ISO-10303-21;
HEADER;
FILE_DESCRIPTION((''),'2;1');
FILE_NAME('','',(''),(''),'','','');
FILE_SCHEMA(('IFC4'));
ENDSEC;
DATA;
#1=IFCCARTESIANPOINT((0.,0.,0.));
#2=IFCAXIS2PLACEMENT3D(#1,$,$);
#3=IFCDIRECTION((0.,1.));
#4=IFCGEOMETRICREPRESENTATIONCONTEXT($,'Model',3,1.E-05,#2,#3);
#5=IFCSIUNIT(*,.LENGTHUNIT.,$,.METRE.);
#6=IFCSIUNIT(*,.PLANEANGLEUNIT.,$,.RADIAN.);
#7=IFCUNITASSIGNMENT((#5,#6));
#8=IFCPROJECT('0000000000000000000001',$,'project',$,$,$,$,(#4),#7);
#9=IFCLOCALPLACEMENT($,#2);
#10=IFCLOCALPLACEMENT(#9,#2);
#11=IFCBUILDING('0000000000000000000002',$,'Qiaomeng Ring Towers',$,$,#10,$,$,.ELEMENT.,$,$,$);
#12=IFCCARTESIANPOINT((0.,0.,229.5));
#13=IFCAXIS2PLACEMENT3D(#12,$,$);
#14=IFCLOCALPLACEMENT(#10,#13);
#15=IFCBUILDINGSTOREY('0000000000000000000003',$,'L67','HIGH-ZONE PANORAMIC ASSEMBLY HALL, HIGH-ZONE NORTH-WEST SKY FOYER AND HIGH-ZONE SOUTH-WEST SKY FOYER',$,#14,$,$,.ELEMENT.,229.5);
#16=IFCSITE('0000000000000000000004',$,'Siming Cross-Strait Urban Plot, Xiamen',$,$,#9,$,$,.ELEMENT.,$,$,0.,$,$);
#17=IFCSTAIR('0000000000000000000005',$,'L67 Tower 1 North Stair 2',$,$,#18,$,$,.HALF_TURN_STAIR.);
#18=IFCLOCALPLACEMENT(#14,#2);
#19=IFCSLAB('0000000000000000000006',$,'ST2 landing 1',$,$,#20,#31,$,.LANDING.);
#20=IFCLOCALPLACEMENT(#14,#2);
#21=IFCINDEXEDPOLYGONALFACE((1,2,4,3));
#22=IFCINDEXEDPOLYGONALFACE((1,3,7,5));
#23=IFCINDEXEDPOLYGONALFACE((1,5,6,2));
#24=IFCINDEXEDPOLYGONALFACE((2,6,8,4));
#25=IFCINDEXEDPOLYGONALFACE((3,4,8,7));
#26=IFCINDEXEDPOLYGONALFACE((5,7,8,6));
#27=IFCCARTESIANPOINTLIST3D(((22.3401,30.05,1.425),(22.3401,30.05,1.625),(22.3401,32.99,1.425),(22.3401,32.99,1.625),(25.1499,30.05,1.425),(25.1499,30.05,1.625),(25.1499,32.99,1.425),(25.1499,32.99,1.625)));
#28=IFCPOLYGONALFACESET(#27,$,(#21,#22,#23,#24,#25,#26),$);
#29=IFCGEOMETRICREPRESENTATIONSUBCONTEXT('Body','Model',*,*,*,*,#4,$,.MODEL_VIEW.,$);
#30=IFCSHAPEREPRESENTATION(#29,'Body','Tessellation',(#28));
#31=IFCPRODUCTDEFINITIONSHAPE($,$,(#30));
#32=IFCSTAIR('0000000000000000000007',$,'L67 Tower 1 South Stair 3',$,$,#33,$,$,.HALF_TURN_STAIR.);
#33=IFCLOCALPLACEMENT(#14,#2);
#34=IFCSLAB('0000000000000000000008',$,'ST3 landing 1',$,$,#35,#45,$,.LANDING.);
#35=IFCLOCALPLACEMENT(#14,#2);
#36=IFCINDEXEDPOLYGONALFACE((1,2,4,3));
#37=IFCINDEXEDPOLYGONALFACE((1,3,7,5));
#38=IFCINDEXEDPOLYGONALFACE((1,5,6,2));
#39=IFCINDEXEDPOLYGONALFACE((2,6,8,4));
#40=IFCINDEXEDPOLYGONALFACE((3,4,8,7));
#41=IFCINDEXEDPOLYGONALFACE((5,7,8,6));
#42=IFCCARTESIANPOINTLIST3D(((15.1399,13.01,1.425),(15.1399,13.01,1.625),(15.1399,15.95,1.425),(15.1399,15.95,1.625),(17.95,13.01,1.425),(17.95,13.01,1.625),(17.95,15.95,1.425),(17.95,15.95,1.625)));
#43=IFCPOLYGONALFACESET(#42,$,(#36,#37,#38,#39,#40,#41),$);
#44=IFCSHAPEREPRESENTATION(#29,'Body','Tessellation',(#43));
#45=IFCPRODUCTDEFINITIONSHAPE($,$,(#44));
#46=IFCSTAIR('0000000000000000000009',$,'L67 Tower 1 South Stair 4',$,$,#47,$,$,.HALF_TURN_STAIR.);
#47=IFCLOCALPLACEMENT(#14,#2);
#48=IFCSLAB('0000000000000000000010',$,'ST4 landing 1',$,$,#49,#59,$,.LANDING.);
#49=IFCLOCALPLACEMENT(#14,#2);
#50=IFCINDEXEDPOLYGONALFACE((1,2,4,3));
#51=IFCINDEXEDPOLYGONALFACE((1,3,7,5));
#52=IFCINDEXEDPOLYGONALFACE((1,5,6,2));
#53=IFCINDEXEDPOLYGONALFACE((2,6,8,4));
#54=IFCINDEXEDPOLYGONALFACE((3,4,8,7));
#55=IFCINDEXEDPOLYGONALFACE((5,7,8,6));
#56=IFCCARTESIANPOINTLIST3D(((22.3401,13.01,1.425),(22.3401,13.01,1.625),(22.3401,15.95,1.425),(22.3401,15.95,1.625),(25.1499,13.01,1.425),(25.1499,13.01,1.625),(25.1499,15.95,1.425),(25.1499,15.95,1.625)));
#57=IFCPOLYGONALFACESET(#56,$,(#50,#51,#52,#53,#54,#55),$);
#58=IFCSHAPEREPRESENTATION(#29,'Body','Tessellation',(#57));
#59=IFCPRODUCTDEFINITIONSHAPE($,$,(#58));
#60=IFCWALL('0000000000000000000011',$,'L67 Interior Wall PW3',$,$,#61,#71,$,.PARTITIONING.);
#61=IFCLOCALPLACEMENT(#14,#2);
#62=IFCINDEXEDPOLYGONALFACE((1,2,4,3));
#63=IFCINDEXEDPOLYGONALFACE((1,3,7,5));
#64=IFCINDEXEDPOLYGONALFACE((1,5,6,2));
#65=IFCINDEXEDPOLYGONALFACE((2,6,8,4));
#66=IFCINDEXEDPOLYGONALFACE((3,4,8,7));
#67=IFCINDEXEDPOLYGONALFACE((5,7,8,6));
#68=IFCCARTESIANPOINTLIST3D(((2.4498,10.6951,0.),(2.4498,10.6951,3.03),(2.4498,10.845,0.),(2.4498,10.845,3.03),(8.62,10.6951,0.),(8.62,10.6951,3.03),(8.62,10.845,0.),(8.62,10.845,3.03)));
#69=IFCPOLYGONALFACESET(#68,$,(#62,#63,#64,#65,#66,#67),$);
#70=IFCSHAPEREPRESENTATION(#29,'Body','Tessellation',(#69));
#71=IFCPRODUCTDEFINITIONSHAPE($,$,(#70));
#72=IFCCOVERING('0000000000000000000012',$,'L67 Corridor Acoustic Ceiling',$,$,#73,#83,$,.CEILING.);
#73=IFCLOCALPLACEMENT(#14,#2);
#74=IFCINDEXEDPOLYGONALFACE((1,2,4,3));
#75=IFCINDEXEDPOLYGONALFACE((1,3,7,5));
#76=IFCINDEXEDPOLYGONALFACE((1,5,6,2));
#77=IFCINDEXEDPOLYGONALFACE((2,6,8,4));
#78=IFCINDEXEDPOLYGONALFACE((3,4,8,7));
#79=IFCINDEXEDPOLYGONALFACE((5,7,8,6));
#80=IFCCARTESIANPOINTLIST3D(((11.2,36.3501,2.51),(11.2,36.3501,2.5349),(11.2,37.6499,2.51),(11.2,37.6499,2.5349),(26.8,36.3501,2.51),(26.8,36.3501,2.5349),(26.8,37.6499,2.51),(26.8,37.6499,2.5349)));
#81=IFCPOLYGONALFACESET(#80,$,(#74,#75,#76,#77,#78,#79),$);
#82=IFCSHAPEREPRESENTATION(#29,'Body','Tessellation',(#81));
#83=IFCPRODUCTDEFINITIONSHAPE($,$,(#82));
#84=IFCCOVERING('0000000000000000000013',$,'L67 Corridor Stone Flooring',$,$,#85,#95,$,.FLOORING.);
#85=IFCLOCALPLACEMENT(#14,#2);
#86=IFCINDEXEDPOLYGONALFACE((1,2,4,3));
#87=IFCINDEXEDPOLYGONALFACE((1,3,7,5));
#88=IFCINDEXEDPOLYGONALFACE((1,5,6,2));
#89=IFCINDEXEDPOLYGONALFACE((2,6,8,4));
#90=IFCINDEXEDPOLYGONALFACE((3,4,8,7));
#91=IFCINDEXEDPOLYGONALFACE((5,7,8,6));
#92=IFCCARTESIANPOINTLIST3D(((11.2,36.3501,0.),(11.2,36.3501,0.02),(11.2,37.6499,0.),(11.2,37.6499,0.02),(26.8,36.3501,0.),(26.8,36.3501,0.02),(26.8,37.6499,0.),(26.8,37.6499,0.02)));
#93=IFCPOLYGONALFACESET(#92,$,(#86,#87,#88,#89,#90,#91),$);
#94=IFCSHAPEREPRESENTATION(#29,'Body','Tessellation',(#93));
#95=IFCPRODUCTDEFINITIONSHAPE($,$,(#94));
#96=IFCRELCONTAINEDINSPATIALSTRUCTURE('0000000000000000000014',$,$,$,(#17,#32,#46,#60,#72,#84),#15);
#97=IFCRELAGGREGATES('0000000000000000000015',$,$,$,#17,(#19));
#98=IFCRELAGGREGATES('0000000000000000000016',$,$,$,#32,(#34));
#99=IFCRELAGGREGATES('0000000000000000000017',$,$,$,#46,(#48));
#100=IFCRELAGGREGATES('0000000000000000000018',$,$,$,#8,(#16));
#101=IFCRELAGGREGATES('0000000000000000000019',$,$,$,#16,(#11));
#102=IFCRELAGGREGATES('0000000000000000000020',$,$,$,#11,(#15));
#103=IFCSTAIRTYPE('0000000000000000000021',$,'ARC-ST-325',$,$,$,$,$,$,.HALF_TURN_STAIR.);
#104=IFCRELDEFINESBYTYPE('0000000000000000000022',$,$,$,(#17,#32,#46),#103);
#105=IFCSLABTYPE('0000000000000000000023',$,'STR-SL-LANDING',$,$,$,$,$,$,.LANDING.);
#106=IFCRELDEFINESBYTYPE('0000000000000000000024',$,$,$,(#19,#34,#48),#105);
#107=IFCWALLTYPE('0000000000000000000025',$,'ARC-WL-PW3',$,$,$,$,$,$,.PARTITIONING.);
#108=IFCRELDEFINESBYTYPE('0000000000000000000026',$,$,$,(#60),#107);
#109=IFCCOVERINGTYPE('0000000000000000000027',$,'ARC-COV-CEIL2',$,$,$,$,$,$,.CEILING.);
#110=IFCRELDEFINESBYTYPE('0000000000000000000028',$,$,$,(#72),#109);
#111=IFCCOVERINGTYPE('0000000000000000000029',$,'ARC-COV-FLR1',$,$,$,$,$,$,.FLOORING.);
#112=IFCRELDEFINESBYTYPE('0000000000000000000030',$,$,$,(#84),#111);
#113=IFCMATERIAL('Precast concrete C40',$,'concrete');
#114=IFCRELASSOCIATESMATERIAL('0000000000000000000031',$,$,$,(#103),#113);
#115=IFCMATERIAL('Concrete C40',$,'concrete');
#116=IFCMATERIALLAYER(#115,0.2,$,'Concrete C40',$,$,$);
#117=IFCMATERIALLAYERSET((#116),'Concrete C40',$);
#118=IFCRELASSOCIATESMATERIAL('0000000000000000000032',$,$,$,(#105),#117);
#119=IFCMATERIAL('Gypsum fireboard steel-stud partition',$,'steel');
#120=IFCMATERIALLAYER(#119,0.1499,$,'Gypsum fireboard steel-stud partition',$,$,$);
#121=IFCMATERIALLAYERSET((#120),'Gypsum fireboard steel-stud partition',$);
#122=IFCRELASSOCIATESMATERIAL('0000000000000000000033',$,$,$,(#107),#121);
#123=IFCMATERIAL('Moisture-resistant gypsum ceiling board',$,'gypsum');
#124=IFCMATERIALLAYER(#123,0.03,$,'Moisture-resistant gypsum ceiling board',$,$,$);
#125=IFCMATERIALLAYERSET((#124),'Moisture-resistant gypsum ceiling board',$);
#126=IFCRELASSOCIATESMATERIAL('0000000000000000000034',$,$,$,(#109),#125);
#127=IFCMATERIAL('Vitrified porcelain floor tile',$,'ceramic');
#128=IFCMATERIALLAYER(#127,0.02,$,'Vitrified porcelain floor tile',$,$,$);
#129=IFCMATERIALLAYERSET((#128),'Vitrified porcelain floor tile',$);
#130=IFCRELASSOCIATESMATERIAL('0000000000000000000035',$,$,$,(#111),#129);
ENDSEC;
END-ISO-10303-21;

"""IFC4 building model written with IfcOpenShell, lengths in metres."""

from ifc_helpers import new_model, si_unit, direction, frame, frame_2d, origin, place, context, subcontext, project, spatial, polyline, rectangle, outline, extrude, material, layer, layer_set, type_object, element, aggregate, save


model = new_model("IFC4")

# Units and contexts
model_context = context("Model", 3, precision=1e-05, world=origin(), true_north=direction((0.0, 1.0)))
body_context = subcontext(model_context, "Body", "Model", "MODEL_VIEW")
ifc_project = project(units=[si_unit("LENGTHUNIT", "METRE"), si_unit("PLANEANGLEUNIT", "RADIAN")], contexts=[model_context])

# Site, building, storey
site_placement = place(None, origin())
site = spatial("IfcSite", under=ifc_project, at=site_placement, Name="Siming Cross-Strait Urban Plot, Xiamen", CompositionType="ELEMENT", RefElevation=0.0)
building_placement = place(site_placement, origin())
building = spatial("IfcBuilding", under=site, at=building_placement, Name="Qiaomeng Ring Towers", CompositionType="ELEMENT")
storey_placement = place(building_placement, frame((0.0, 0.0, 229.5)))
storey = spatial("IfcBuildingStorey", under=building, at=storey_placement, Name="L67", Description="HIGH-ZONE PANORAMIC ASSEMBLY HALL, HIGH-ZONE NORTH-WEST SKY FOYER AND HIGH-ZONE SOUTH-WEST SKY FOYER", CompositionType="ELEMENT", Elevation=229.5)

# Shared definitions
ifc_material_1 = material(Name="Concrete C40", Category="concrete")

# Stairs, slabs
ifc_material_2 = material(Name="Precast concrete C40", Category="concrete")
stair_type = type_object("IfcStairType", Name="ARC-ST-325", PredefinedType="HALF_TURN_STAIR", material=ifc_material_2)
ifc_layer_1 = layer(ifc_material_1, 0.2, Name="Concrete C40")
ifc_layer_set_1 = layer_set([ifc_layer_1], Name="Concrete C40")
slab_type_1 = type_object("IfcSlabType", Name="STR-SL-LANDING", PredefinedType="LANDING", material=ifc_layer_set_1)
stair_1_placement = place(storey_placement, origin())
stair_1 = element("IfcStair", 1, at=stair_1_placement, inside=storey, type_object=stair_type, Name="L67 Tower 1 North Stair 2", PredefinedType="HALF_TURN_STAIR")
slab_1_placement = place(storey_placement, frame((0.0, 0.0, 1.425)))
slab_1 = element("IfcSlab", 2, at=slab_1_placement, type_object=slab_type_1, Name="ST2 landing 1", PredefinedType="LANDING", context=body_context, shape_type="SweptSolid", body=[
    extrude(outline(polyline([(22.3401, 30.05), (25.1499, 30.05), (25.1499, 32.99), (22.3401, 32.99), (22.3401, 30.05)])), origin(), (0.0, 0.0, 1.0), 0.2),
])
aggregate(stair_1, [slab_1])
stair_2_placement = place(storey_placement, origin())
stair_2 = element("IfcStair", 3, at=stair_2_placement, inside=storey, type_object=stair_type, Name="L67 Tower 1 South Stair 3", PredefinedType="HALF_TURN_STAIR")
slab_2_placement = place(storey_placement, frame((0.0, 0.0, 1.425)))
slab_2 = element("IfcSlab", 4, at=slab_2_placement, type_object=slab_type_1, Name="ST3 landing 1", PredefinedType="LANDING", context=body_context, shape_type="SweptSolid", body=[
    extrude(outline(polyline([(15.1399, 13.01), (17.95, 13.01), (17.95, 15.95), (15.1399, 15.95), (15.1399, 13.01)])), origin(), (0.0, 0.0, 1.0), 0.2),
])
aggregate(stair_2, [slab_2])
stair_3_placement = place(storey_placement, origin())
stair_3 = element("IfcStair", 5, at=stair_3_placement, inside=storey, type_object=stair_type, Name="L67 Tower 1 South Stair 4", PredefinedType="HALF_TURN_STAIR")
slab_3_placement = place(storey_placement, frame((0.0, 0.0, 1.425)))
slab_3 = element("IfcSlab", 6, at=slab_3_placement, type_object=slab_type_1, Name="ST4 landing 1", PredefinedType="LANDING", context=body_context, shape_type="SweptSolid", body=[
    extrude(outline(polyline([(22.3401, 13.01), (25.1499, 13.01), (25.1499, 15.95), (22.3401, 15.95), (22.3401, 13.01)])), origin(), (0.0, 0.0, 1.0), 0.2),
])
aggregate(stair_3, [slab_3])

# Wall
ifc_material_3 = material(Name="Gypsum fireboard steel-stud partition", Category="steel")
ifc_layer_2 = layer(ifc_material_3, 0.1499, Name="Gypsum fireboard steel-stud partition")
ifc_layer_set_2 = layer_set([ifc_layer_2], Name="Gypsum fireboard steel-stud partition")
wall_type = type_object("IfcWallType", Name="ARC-WL-PW3", PredefinedType="PARTITIONING", material=ifc_layer_set_2)
wall_placement = place(storey_placement, frame((2.45, 10.77, 0.0), z_axis=(0.0, 0.0, 1.0), x_axis=(1.0, 0.0, 0.0)))
element("IfcWall", 7, at=wall_placement, inside=storey, type_object=wall_type, Name="L67 Interior Wall PW3", PredefinedType="PARTITIONING", context=body_context, shape_type="SweptSolid", body=[
    extrude(rectangle(XDim=6.1702, YDim=0.1499, at=frame_2d((3.085, 0.0))), origin(), (0.0, 0.0, 1.0), 3.03),
])

# Coverings
ifc_material_4 = material(Name="Moisture-resistant gypsum ceiling board", Category="gypsum")
ifc_layer_3 = layer(ifc_material_4, 0.03, Name="Moisture-resistant gypsum ceiling board")
ifc_layer_set_3 = layer_set([ifc_layer_3], Name="Moisture-resistant gypsum ceiling board")
covering_type_1 = type_object("IfcCoveringType", Name="ARC-COV-CEIL2", PredefinedType="CEILING", material=ifc_layer_set_3)
covering_1_placement = place(storey_placement, frame((0.0, 0.0, 2.51)))
element("IfcCovering", 8, at=covering_1_placement, inside=storey, type_object=covering_type_1, Name="L67 Corridor Acoustic Ceiling", PredefinedType="CEILING", context=body_context, shape_type="SweptSolid", body=[
    extrude(outline(polyline([(11.2, 36.3501), (11.2, 37.6499), (26.8, 37.6499), (26.8, 36.3501), (11.2, 36.3501)])), origin(), (0.0, 0.0, 1.0), 0.0249),
])
ifc_material_5 = material(Name="Vitrified porcelain floor tile", Category="ceramic")
ifc_layer_4 = layer(ifc_material_5, 0.02, Name="Vitrified porcelain floor tile")
ifc_layer_set_4 = layer_set([ifc_layer_4], Name="Vitrified porcelain floor tile")
covering_type_2 = type_object("IfcCoveringType", Name="ARC-COV-FLR1", PredefinedType="FLOORING", material=ifc_layer_set_4)
covering_2_placement = place(storey_placement, origin())
element("IfcCovering", 9, at=covering_2_placement, inside=storey, type_object=covering_type_2, Name="L67 Corridor Stone Flooring", PredefinedType="FLOORING", context=body_context, shape_type="SweptSolid", body=[
    extrude(outline(polyline([(11.2, 36.3501), (11.2, 37.6499), (26.8, 37.6499), (26.8, 36.3501), (11.2, 36.3501)])), origin(), (0.0, 0.0, 1.0), 0.02),
])

save(model, "model.ifc")
